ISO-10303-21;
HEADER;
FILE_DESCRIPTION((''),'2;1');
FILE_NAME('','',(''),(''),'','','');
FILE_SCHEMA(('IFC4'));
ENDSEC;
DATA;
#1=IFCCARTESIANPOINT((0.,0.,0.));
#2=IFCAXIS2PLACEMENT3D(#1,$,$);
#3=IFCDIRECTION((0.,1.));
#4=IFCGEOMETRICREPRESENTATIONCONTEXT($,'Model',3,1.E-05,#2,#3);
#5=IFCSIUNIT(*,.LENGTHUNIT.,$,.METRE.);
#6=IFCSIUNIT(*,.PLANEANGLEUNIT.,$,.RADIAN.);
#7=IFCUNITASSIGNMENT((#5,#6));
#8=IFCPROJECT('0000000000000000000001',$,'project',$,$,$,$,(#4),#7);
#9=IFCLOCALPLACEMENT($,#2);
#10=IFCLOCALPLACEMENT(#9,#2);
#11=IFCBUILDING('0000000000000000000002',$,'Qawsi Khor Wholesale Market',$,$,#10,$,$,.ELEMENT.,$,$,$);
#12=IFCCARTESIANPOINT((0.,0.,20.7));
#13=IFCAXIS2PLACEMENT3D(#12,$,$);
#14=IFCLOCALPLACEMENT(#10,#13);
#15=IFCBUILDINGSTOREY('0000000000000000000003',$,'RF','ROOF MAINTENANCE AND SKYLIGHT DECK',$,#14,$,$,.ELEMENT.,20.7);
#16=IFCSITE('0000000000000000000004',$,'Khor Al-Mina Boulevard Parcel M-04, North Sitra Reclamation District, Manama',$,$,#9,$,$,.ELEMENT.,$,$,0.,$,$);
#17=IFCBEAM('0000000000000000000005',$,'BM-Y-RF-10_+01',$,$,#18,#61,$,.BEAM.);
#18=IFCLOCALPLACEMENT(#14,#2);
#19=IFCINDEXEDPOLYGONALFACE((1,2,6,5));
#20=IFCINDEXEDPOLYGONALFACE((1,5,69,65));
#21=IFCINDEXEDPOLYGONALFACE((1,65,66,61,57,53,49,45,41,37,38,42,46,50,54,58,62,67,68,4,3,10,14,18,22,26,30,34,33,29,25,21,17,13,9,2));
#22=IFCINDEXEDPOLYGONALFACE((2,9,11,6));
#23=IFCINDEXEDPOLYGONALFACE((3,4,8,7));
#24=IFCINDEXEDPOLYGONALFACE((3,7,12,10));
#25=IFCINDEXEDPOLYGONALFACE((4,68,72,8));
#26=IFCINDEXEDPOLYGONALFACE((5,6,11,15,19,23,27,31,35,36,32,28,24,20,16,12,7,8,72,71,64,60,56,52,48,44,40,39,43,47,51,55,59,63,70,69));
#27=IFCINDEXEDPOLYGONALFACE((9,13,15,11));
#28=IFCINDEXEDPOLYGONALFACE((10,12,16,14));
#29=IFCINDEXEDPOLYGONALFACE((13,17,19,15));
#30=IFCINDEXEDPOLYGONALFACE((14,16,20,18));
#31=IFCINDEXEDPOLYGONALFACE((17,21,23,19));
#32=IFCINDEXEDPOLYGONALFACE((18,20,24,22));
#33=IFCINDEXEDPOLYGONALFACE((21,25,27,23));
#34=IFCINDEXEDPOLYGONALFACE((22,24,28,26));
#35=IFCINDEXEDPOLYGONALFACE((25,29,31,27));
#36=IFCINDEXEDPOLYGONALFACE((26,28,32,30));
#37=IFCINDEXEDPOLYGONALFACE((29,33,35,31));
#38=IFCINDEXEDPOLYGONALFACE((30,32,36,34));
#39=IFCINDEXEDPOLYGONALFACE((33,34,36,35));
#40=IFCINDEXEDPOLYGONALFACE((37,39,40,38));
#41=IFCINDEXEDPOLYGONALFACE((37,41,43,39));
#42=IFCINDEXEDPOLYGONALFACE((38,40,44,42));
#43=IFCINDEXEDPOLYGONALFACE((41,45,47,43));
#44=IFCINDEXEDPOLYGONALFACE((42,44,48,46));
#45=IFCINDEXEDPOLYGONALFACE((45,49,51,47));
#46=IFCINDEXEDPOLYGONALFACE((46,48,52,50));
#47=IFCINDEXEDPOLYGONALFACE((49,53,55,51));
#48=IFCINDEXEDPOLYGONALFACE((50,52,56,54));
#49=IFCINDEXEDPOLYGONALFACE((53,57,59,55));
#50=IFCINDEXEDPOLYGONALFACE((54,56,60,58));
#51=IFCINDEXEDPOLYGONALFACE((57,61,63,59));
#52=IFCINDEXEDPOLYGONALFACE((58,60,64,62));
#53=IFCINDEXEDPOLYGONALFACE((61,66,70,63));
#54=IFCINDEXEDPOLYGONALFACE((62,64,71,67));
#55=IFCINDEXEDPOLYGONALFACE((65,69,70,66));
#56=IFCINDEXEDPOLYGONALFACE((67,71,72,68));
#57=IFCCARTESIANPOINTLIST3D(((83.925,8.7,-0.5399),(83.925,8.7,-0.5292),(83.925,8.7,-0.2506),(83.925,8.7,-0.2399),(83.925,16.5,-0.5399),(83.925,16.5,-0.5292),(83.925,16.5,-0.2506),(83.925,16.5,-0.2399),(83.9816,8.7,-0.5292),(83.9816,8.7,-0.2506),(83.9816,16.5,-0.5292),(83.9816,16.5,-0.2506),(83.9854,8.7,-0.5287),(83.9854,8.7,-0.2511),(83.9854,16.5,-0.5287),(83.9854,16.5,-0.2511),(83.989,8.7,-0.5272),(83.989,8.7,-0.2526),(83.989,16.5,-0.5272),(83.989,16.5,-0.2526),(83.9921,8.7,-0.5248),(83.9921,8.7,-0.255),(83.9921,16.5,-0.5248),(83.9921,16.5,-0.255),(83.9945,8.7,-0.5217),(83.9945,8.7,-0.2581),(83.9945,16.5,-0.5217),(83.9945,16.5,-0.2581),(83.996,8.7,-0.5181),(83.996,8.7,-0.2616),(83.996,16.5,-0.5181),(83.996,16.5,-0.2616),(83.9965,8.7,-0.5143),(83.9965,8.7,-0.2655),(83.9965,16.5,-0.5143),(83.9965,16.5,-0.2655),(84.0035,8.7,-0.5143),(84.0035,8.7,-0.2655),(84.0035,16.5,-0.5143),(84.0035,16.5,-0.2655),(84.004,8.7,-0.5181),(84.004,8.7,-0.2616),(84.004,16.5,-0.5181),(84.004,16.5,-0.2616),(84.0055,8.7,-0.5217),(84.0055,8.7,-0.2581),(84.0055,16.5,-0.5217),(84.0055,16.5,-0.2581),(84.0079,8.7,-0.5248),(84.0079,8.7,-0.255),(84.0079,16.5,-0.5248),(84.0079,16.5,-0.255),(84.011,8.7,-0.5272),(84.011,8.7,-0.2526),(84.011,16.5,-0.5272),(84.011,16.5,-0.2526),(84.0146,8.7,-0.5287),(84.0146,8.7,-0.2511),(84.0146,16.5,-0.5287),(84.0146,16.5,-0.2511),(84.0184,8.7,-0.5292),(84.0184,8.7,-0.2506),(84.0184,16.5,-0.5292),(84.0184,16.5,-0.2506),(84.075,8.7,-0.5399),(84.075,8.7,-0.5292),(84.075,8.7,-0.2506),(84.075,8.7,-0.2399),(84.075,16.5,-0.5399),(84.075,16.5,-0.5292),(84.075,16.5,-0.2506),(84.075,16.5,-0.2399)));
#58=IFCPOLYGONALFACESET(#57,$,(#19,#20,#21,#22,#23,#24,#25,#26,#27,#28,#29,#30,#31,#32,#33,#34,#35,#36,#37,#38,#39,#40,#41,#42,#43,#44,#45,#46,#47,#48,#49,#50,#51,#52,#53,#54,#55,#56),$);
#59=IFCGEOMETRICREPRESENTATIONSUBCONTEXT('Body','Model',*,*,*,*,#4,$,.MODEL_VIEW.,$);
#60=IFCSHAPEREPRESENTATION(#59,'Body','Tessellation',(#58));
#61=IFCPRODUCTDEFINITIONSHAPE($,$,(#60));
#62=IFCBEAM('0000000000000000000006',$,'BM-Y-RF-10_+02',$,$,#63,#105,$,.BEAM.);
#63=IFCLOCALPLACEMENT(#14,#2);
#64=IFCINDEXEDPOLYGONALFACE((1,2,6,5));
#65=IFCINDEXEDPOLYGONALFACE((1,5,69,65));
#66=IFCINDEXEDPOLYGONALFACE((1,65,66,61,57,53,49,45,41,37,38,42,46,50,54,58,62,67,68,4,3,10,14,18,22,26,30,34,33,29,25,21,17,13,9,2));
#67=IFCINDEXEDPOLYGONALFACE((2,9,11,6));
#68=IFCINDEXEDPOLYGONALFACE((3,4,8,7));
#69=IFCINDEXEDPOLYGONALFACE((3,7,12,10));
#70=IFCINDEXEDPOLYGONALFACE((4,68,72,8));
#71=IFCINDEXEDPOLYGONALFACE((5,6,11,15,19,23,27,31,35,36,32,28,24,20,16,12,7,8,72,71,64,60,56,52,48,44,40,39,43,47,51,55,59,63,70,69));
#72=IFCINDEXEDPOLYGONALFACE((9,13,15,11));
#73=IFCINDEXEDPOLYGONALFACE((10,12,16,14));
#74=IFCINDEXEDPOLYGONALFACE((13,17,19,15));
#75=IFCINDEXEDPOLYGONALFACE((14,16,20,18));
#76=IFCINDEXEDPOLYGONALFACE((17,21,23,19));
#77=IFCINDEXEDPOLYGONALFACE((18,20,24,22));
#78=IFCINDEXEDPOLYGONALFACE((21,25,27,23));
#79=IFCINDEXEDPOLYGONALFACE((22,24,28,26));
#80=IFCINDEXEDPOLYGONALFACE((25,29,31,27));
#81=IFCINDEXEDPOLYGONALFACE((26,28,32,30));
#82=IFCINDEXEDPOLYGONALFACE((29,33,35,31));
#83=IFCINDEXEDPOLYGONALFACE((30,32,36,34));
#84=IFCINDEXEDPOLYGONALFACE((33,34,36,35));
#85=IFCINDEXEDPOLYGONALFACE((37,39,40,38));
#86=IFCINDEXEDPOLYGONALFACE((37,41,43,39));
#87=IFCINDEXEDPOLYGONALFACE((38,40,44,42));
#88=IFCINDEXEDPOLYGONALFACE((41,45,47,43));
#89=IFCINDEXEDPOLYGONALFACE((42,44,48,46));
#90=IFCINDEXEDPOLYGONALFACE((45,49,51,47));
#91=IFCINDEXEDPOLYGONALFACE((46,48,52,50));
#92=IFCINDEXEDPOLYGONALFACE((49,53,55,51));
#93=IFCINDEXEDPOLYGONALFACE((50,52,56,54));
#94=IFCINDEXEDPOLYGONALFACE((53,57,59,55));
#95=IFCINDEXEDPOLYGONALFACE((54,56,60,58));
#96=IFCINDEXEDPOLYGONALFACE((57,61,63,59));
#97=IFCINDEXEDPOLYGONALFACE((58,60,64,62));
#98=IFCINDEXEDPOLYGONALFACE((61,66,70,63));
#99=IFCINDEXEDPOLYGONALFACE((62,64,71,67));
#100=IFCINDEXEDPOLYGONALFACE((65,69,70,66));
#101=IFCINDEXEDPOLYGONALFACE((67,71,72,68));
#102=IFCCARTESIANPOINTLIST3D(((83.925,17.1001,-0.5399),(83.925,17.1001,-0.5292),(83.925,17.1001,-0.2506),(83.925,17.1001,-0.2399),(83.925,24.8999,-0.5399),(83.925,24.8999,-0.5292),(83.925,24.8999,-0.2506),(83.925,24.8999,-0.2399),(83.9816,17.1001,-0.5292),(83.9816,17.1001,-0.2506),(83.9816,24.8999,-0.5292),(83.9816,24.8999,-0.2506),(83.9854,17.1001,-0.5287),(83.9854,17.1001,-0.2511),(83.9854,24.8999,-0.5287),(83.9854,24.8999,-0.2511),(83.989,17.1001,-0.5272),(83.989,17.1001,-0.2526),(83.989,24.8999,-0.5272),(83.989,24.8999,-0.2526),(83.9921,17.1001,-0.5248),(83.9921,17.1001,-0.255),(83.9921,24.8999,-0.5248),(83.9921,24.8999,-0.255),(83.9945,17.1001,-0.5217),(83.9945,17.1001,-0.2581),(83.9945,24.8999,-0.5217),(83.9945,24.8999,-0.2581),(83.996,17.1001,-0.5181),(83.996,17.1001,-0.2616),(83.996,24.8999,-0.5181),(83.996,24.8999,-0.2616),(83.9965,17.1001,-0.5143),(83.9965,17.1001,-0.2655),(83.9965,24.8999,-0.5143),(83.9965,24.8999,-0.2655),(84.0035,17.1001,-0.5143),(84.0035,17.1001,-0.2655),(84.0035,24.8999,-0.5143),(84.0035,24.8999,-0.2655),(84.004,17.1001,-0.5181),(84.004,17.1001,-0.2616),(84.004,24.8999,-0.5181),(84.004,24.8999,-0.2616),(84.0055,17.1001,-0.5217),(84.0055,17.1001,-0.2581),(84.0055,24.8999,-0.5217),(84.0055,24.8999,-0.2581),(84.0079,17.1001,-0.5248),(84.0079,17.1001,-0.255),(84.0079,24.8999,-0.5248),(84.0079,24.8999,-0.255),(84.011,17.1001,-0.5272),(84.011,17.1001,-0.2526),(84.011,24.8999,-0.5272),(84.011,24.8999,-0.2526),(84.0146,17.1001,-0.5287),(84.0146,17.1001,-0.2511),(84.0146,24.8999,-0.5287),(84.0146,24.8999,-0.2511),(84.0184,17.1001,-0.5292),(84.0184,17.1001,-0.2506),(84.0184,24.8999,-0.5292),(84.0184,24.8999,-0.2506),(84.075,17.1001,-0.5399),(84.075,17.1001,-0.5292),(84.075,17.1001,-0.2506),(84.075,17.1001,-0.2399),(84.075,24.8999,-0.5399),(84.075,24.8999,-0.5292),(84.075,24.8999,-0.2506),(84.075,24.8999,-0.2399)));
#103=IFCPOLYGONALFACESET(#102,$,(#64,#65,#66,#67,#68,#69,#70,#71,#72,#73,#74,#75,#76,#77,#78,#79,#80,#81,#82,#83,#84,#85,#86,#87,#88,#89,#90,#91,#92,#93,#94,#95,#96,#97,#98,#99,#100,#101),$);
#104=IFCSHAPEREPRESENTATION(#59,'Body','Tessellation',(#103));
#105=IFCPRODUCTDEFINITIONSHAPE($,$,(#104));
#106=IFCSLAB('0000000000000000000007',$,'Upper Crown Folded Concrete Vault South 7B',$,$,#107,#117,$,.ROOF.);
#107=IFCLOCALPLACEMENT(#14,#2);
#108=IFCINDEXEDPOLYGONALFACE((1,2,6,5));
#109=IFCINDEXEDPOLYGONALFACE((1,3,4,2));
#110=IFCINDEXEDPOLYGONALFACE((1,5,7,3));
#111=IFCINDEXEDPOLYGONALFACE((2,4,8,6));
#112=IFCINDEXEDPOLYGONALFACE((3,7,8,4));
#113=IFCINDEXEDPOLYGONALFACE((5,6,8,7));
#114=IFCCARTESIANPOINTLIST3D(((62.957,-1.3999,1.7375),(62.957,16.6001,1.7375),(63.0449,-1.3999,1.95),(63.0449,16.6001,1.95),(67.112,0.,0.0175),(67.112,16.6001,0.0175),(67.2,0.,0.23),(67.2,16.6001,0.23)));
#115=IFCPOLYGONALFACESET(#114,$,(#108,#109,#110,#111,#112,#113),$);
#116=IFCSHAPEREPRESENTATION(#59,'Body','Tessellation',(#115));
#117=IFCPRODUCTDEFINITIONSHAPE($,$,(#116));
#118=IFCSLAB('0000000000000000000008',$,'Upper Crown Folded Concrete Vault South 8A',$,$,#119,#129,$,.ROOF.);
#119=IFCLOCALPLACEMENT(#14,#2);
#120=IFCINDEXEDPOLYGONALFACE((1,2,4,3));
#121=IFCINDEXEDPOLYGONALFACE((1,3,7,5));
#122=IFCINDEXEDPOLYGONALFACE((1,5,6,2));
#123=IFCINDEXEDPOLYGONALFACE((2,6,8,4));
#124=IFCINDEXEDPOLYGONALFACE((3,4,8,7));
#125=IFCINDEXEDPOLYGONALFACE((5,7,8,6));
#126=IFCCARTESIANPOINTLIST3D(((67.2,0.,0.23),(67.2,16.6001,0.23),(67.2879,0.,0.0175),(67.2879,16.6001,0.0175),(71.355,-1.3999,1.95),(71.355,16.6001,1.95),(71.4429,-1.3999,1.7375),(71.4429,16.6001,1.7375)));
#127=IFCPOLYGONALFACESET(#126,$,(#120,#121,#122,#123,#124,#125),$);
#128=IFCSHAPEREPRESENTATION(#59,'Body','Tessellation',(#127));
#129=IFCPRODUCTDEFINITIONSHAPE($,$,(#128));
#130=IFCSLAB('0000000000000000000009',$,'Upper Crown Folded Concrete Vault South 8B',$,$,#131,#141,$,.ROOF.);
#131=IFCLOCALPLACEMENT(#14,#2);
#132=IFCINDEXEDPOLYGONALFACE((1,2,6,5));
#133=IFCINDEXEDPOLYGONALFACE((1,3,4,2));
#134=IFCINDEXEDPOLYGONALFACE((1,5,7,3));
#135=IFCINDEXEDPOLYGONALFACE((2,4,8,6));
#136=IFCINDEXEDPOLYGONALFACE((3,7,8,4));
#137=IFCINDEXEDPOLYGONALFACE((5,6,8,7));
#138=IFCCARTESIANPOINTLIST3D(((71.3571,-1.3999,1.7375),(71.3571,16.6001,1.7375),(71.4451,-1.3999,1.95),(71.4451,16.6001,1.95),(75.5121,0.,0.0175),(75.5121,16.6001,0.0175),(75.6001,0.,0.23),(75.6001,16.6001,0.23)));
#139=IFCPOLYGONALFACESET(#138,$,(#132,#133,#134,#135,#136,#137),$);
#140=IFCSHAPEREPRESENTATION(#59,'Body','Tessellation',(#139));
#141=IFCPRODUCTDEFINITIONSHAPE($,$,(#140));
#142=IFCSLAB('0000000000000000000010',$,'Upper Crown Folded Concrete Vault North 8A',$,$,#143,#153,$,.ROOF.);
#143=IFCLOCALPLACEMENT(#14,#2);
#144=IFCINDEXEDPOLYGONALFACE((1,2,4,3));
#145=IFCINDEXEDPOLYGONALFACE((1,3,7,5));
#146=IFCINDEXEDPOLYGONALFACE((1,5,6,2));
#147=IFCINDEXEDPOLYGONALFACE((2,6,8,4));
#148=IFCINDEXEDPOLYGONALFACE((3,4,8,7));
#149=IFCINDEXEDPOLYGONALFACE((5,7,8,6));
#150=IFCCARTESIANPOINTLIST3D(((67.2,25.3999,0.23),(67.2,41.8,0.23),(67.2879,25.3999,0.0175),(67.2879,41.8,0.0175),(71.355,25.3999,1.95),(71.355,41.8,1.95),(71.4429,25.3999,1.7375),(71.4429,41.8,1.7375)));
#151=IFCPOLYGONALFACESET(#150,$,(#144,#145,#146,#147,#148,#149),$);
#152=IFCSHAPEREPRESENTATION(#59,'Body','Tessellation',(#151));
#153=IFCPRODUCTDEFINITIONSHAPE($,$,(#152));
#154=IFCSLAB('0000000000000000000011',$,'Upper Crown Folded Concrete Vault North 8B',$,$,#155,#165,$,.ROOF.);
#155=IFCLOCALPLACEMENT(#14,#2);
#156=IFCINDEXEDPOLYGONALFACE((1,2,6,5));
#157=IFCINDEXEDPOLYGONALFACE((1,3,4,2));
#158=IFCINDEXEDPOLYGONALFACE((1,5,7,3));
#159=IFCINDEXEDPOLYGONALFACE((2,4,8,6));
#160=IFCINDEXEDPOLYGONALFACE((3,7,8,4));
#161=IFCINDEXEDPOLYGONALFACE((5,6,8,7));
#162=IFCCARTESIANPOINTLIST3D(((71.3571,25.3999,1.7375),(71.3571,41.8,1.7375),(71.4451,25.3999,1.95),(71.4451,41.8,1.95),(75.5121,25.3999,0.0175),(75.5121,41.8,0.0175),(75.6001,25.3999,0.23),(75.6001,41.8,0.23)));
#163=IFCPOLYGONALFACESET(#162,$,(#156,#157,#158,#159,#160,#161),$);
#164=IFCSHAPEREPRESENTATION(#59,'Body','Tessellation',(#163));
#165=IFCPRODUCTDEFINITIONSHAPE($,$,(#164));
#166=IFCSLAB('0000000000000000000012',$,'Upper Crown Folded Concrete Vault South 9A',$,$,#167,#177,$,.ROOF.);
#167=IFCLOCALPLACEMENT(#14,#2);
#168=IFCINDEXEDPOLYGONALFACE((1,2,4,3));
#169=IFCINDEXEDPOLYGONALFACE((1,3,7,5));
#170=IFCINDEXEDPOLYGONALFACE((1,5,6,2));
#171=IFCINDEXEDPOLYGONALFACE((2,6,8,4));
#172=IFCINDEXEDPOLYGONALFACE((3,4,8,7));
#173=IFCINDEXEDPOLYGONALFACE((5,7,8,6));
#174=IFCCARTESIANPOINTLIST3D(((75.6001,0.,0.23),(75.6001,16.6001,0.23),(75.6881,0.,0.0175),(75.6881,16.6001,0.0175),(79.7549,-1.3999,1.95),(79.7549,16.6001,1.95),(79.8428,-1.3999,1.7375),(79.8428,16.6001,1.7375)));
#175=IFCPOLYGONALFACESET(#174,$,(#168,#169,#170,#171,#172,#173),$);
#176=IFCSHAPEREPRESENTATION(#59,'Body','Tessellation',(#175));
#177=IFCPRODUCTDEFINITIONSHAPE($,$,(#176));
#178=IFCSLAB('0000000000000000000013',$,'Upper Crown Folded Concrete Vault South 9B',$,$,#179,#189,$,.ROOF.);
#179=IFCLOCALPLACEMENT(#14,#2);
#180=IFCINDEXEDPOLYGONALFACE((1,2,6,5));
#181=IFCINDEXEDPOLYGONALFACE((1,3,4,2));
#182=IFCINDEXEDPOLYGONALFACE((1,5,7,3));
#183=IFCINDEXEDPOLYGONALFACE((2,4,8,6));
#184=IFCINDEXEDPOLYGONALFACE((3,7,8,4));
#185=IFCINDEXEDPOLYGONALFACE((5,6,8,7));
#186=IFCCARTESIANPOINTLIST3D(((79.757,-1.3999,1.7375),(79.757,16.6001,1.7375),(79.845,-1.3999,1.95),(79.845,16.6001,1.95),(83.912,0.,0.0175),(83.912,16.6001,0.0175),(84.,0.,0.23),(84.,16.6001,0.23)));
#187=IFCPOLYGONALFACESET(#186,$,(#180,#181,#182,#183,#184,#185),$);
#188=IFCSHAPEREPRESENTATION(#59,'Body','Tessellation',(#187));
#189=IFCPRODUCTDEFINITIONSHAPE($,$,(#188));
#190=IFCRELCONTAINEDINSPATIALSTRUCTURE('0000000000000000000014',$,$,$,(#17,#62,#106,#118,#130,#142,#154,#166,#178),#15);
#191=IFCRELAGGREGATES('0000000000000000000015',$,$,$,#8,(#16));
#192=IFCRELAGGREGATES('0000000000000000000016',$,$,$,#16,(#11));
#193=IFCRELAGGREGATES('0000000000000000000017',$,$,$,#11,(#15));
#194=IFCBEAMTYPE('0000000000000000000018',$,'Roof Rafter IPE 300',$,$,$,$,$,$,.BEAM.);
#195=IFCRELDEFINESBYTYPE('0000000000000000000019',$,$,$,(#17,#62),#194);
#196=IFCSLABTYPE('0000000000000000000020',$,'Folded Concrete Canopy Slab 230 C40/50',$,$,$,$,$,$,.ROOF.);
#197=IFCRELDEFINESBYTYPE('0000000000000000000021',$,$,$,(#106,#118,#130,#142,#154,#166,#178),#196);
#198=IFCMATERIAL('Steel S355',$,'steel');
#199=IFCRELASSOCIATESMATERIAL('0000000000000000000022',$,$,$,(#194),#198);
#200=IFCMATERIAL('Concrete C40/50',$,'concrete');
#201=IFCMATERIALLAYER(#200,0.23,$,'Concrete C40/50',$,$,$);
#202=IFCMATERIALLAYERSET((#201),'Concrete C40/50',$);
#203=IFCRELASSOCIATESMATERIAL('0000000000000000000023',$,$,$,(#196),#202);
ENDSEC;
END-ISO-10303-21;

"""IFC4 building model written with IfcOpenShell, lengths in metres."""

from ifc_helpers import new_model, si_unit, direction, frame, origin, origin_2d, place, context, subcontext, project, spatial, polyline, i_section, outline, extrude, material, layer, layer_set, material_profile, profile_set, type_object, element, save


model = new_model("IFC4")

# Units and contexts
model_context = context("Model", 3, precision=1e-05, world=origin(), true_north=direction((0.0, 1.0)))
body_context = subcontext(model_context, "Body", "Model", "MODEL_VIEW")
ifc_project = project(units=[si_unit("LENGTHUNIT", "METRE"), si_unit("PLANEANGLEUNIT", "RADIAN")], contexts=[model_context])

# Site, building, storey
site_placement = place(None, origin())
site = spatial("IfcSite", under=ifc_project, at=site_placement, Name="Khor Al-Mina Boulevard Parcel M-04, North Sitra Reclamation District, Manama", CompositionType="ELEMENT", RefElevation=0.0)
building_placement = place(site_placement, origin())
building = spatial("IfcBuilding", under=site, at=building_placement, Name="Qawsi Khor Wholesale Market", CompositionType="ELEMENT")
storey_placement = place(building_placement, frame((0.0, 0.0, 20.7)))
storey = spatial("IfcBuildingStorey", under=building, at=storey_placement, Name="RF", Description="ROOF MAINTENANCE AND SKYLIGHT DECK", CompositionType="ELEMENT", Elevation=20.7)

# Shared definitions
ifc_material_1 = material(Name="Steel S355", Category="steel")

# Beams
ifc_material_profile_1 = material_profile(ifc_material_1, i_section(OverallWidth=0.1499, OverallDepth=0.3, WebThickness=0.0071, FlangeThickness=0.0107, FilletRadius=0.0149, at=origin_2d()), Name="IPE 300")
ifc_profile_set_1 = profile_set([ifc_material_profile_1], Name="Steel S355")
beam_type_1 = type_object("IfcBeamType", Name="Roof Rafter IPE 300", PredefinedType="BEAM", material=ifc_profile_set_1)
beam_1_placement = place(storey_placement, frame((84.0, 8.7, -0.3899), z_axis=(0.0, 1.0, 0.0), x_axis=(-1.0, 0.0, 0.0)))
element("IfcBeam", 1, at=beam_1_placement, inside=storey, type_object=beam_type_1, Name="BM-Y-RF-10_+01", PredefinedType="BEAM", context=body_context, shape_type="SweptSolid", body=[
    extrude(i_section(OverallWidth=0.1499, OverallDepth=0.3, WebThickness=0.0071, FlangeThickness=0.0107, FilletRadius=0.0149, at=origin_2d()), origin(), (0.0, 0.0, 1.0), 7.8),
])
beam_2_placement = place(storey_placement, frame((84.0, 17.1001, -0.3899), z_axis=(0.0, 1.0, 0.0), x_axis=(-1.0, 0.0, 0.0)))
element("IfcBeam", 2, at=beam_2_placement, inside=storey, type_object=beam_type_1, Name="BM-Y-RF-10_+02", PredefinedType="BEAM", context=body_context, shape_type="SweptSolid", body=[
    extrude(i_section(OverallWidth=0.1499, OverallDepth=0.3, WebThickness=0.0071, FlangeThickness=0.0107, FilletRadius=0.0149, at=origin_2d()), origin(), (0.0, 0.0, 1.0), 7.7998),
])

# Slabs
ifc_material_2 = material(Name="Concrete C40/50", Category="concrete")
ifc_layer_1 = layer(ifc_material_2, 0.23, Name="Concrete C40/50")
ifc_layer_set_1 = layer_set([ifc_layer_1], Name="Concrete C40/50")
slab_type = type_object("IfcSlabType", Name="Folded Concrete Canopy Slab 230 C40/50", PredefinedType="ROOF", material=ifc_layer_set_1)
slab_1_placement = place(storey_placement, frame((63.0449, -1.3999, 1.95), z_axis=(0.382475, 0.0, 0.923966), x_axis=(0.882208, 0.297231, -0.365189)))
element("IfcSlab", 3, at=slab_1_placement, inside=storey, type_object=slab_type, Name="Upper Crown Folded Concrete Vault South 7B", PredefinedType="ROOF", context=body_context, shape_type="SweptSolid", body=[
    extrude(outline(polyline([(0.0, 0.0), (4.7098, 0.0), (9.6439, 15.8499), (5.3502, 17.1865), (0.0, 0.0)])), origin(), (0.0, 0.0, -1.0), 0.23),
])
slab_2_placement = place(storey_placement, frame((67.2, 0.0, 0.23), z_axis=(-0.382475, 0.0, 0.923966), x_axis=(0.882208, -0.297231, 0.365189)))
element("IfcSlab", 4, at=slab_2_placement, inside=storey, type_object=slab_type, Name="Upper Crown Folded Concrete Vault South 8A", PredefinedType="ROOF", context=body_context, shape_type="SweptSolid", body=[
    extrude(outline(polyline([(0.0, 0.0), (4.7098, 0.0), (-0.6404, 17.1865), (-4.9341, 15.8499), (0.0, 0.0)])), origin(), (0.0, 0.0, -1.0), 0.23),
])
slab_3_placement = place(storey_placement, frame((71.4451, -1.3999, 1.95), z_axis=(0.382475, 0.0, 0.923966), x_axis=(0.882208, 0.297231, -0.365189)))
element("IfcSlab", 5, at=slab_3_placement, inside=storey, type_object=slab_type, Name="Upper Crown Folded Concrete Vault South 8B", PredefinedType="ROOF", context=body_context, shape_type="SweptSolid", body=[
    extrude(outline(polyline([(0.0, 0.0), (4.7098, 0.0), (9.6439, 15.8499), (5.3502, 17.1865), (0.0, 0.0)])), origin(), (0.0, 0.0, -1.0), 0.23),
])
for number, where, z_axis, x_axis, name in (
    (6, (67.2, 25.3999, 0.23), (-0.382475, 0.0, 0.923966), (0.923966, 0.0, 0.382475), "Upper Crown Folded Concrete Vault North 8A"),
    (7, (71.4451, 25.3999, 1.95), (0.382475, 0.0, 0.923966), (0.923966, 0.0, -0.382475), "Upper Crown Folded Concrete Vault North 8B"),
):
    element("IfcSlab", number, at=place(storey_placement, frame(where, z_axis=z_axis, x_axis=x_axis)), inside=storey, type_object=slab_type, Name=name, PredefinedType="ROOF", context=body_context, shape_type="SweptSolid", body=[
        extrude(outline(polyline([(0.0, 0.0), (4.497, 0.0), (4.497, 16.4001), (0.0, 16.4001), (0.0, 0.0)])), origin(), (0.0, 0.0, -1.0), 0.23),
    ])
slab_4_placement = place(storey_placement, frame((75.6001, 0.0, 0.23), z_axis=(-0.382494, 0.0, 0.923958), x_axis=(0.882196, -0.297245, 0.365206)))
element("IfcSlab", 8, at=slab_4_placement, inside=storey, type_object=slab_type, Name="Upper Crown Folded Concrete Vault South 9A", PredefinedType="ROOF", context=body_context, shape_type="SweptSolid", body=[
    extrude(outline(polyline([(0.0, 0.0), (4.7096, 0.0), (-0.6408, 17.1864), (-4.9343, 15.8498), (0.0, 0.0)])), origin(), (0.0, 0.0, -1.0), 0.23),
])
slab_5_placement = place(storey_placement, frame((79.845, -1.3999, 1.95), z_axis=(0.382475, 0.0, 0.923966), x_axis=(0.882208, 0.297231, -0.365189)))
element("IfcSlab", 9, at=slab_5_placement, inside=storey, type_object=slab_type, Name="Upper Crown Folded Concrete Vault South 9B", PredefinedType="ROOF", context=body_context, shape_type="SweptSolid", body=[
    extrude(outline(polyline([(0.0, 0.0), (4.7098, 0.0), (9.6439, 15.8499), (5.3502, 17.1865), (0.0, 0.0)])), origin(), (0.0, 0.0, -1.0), 0.23),
])

save(model, "model.ifc")
